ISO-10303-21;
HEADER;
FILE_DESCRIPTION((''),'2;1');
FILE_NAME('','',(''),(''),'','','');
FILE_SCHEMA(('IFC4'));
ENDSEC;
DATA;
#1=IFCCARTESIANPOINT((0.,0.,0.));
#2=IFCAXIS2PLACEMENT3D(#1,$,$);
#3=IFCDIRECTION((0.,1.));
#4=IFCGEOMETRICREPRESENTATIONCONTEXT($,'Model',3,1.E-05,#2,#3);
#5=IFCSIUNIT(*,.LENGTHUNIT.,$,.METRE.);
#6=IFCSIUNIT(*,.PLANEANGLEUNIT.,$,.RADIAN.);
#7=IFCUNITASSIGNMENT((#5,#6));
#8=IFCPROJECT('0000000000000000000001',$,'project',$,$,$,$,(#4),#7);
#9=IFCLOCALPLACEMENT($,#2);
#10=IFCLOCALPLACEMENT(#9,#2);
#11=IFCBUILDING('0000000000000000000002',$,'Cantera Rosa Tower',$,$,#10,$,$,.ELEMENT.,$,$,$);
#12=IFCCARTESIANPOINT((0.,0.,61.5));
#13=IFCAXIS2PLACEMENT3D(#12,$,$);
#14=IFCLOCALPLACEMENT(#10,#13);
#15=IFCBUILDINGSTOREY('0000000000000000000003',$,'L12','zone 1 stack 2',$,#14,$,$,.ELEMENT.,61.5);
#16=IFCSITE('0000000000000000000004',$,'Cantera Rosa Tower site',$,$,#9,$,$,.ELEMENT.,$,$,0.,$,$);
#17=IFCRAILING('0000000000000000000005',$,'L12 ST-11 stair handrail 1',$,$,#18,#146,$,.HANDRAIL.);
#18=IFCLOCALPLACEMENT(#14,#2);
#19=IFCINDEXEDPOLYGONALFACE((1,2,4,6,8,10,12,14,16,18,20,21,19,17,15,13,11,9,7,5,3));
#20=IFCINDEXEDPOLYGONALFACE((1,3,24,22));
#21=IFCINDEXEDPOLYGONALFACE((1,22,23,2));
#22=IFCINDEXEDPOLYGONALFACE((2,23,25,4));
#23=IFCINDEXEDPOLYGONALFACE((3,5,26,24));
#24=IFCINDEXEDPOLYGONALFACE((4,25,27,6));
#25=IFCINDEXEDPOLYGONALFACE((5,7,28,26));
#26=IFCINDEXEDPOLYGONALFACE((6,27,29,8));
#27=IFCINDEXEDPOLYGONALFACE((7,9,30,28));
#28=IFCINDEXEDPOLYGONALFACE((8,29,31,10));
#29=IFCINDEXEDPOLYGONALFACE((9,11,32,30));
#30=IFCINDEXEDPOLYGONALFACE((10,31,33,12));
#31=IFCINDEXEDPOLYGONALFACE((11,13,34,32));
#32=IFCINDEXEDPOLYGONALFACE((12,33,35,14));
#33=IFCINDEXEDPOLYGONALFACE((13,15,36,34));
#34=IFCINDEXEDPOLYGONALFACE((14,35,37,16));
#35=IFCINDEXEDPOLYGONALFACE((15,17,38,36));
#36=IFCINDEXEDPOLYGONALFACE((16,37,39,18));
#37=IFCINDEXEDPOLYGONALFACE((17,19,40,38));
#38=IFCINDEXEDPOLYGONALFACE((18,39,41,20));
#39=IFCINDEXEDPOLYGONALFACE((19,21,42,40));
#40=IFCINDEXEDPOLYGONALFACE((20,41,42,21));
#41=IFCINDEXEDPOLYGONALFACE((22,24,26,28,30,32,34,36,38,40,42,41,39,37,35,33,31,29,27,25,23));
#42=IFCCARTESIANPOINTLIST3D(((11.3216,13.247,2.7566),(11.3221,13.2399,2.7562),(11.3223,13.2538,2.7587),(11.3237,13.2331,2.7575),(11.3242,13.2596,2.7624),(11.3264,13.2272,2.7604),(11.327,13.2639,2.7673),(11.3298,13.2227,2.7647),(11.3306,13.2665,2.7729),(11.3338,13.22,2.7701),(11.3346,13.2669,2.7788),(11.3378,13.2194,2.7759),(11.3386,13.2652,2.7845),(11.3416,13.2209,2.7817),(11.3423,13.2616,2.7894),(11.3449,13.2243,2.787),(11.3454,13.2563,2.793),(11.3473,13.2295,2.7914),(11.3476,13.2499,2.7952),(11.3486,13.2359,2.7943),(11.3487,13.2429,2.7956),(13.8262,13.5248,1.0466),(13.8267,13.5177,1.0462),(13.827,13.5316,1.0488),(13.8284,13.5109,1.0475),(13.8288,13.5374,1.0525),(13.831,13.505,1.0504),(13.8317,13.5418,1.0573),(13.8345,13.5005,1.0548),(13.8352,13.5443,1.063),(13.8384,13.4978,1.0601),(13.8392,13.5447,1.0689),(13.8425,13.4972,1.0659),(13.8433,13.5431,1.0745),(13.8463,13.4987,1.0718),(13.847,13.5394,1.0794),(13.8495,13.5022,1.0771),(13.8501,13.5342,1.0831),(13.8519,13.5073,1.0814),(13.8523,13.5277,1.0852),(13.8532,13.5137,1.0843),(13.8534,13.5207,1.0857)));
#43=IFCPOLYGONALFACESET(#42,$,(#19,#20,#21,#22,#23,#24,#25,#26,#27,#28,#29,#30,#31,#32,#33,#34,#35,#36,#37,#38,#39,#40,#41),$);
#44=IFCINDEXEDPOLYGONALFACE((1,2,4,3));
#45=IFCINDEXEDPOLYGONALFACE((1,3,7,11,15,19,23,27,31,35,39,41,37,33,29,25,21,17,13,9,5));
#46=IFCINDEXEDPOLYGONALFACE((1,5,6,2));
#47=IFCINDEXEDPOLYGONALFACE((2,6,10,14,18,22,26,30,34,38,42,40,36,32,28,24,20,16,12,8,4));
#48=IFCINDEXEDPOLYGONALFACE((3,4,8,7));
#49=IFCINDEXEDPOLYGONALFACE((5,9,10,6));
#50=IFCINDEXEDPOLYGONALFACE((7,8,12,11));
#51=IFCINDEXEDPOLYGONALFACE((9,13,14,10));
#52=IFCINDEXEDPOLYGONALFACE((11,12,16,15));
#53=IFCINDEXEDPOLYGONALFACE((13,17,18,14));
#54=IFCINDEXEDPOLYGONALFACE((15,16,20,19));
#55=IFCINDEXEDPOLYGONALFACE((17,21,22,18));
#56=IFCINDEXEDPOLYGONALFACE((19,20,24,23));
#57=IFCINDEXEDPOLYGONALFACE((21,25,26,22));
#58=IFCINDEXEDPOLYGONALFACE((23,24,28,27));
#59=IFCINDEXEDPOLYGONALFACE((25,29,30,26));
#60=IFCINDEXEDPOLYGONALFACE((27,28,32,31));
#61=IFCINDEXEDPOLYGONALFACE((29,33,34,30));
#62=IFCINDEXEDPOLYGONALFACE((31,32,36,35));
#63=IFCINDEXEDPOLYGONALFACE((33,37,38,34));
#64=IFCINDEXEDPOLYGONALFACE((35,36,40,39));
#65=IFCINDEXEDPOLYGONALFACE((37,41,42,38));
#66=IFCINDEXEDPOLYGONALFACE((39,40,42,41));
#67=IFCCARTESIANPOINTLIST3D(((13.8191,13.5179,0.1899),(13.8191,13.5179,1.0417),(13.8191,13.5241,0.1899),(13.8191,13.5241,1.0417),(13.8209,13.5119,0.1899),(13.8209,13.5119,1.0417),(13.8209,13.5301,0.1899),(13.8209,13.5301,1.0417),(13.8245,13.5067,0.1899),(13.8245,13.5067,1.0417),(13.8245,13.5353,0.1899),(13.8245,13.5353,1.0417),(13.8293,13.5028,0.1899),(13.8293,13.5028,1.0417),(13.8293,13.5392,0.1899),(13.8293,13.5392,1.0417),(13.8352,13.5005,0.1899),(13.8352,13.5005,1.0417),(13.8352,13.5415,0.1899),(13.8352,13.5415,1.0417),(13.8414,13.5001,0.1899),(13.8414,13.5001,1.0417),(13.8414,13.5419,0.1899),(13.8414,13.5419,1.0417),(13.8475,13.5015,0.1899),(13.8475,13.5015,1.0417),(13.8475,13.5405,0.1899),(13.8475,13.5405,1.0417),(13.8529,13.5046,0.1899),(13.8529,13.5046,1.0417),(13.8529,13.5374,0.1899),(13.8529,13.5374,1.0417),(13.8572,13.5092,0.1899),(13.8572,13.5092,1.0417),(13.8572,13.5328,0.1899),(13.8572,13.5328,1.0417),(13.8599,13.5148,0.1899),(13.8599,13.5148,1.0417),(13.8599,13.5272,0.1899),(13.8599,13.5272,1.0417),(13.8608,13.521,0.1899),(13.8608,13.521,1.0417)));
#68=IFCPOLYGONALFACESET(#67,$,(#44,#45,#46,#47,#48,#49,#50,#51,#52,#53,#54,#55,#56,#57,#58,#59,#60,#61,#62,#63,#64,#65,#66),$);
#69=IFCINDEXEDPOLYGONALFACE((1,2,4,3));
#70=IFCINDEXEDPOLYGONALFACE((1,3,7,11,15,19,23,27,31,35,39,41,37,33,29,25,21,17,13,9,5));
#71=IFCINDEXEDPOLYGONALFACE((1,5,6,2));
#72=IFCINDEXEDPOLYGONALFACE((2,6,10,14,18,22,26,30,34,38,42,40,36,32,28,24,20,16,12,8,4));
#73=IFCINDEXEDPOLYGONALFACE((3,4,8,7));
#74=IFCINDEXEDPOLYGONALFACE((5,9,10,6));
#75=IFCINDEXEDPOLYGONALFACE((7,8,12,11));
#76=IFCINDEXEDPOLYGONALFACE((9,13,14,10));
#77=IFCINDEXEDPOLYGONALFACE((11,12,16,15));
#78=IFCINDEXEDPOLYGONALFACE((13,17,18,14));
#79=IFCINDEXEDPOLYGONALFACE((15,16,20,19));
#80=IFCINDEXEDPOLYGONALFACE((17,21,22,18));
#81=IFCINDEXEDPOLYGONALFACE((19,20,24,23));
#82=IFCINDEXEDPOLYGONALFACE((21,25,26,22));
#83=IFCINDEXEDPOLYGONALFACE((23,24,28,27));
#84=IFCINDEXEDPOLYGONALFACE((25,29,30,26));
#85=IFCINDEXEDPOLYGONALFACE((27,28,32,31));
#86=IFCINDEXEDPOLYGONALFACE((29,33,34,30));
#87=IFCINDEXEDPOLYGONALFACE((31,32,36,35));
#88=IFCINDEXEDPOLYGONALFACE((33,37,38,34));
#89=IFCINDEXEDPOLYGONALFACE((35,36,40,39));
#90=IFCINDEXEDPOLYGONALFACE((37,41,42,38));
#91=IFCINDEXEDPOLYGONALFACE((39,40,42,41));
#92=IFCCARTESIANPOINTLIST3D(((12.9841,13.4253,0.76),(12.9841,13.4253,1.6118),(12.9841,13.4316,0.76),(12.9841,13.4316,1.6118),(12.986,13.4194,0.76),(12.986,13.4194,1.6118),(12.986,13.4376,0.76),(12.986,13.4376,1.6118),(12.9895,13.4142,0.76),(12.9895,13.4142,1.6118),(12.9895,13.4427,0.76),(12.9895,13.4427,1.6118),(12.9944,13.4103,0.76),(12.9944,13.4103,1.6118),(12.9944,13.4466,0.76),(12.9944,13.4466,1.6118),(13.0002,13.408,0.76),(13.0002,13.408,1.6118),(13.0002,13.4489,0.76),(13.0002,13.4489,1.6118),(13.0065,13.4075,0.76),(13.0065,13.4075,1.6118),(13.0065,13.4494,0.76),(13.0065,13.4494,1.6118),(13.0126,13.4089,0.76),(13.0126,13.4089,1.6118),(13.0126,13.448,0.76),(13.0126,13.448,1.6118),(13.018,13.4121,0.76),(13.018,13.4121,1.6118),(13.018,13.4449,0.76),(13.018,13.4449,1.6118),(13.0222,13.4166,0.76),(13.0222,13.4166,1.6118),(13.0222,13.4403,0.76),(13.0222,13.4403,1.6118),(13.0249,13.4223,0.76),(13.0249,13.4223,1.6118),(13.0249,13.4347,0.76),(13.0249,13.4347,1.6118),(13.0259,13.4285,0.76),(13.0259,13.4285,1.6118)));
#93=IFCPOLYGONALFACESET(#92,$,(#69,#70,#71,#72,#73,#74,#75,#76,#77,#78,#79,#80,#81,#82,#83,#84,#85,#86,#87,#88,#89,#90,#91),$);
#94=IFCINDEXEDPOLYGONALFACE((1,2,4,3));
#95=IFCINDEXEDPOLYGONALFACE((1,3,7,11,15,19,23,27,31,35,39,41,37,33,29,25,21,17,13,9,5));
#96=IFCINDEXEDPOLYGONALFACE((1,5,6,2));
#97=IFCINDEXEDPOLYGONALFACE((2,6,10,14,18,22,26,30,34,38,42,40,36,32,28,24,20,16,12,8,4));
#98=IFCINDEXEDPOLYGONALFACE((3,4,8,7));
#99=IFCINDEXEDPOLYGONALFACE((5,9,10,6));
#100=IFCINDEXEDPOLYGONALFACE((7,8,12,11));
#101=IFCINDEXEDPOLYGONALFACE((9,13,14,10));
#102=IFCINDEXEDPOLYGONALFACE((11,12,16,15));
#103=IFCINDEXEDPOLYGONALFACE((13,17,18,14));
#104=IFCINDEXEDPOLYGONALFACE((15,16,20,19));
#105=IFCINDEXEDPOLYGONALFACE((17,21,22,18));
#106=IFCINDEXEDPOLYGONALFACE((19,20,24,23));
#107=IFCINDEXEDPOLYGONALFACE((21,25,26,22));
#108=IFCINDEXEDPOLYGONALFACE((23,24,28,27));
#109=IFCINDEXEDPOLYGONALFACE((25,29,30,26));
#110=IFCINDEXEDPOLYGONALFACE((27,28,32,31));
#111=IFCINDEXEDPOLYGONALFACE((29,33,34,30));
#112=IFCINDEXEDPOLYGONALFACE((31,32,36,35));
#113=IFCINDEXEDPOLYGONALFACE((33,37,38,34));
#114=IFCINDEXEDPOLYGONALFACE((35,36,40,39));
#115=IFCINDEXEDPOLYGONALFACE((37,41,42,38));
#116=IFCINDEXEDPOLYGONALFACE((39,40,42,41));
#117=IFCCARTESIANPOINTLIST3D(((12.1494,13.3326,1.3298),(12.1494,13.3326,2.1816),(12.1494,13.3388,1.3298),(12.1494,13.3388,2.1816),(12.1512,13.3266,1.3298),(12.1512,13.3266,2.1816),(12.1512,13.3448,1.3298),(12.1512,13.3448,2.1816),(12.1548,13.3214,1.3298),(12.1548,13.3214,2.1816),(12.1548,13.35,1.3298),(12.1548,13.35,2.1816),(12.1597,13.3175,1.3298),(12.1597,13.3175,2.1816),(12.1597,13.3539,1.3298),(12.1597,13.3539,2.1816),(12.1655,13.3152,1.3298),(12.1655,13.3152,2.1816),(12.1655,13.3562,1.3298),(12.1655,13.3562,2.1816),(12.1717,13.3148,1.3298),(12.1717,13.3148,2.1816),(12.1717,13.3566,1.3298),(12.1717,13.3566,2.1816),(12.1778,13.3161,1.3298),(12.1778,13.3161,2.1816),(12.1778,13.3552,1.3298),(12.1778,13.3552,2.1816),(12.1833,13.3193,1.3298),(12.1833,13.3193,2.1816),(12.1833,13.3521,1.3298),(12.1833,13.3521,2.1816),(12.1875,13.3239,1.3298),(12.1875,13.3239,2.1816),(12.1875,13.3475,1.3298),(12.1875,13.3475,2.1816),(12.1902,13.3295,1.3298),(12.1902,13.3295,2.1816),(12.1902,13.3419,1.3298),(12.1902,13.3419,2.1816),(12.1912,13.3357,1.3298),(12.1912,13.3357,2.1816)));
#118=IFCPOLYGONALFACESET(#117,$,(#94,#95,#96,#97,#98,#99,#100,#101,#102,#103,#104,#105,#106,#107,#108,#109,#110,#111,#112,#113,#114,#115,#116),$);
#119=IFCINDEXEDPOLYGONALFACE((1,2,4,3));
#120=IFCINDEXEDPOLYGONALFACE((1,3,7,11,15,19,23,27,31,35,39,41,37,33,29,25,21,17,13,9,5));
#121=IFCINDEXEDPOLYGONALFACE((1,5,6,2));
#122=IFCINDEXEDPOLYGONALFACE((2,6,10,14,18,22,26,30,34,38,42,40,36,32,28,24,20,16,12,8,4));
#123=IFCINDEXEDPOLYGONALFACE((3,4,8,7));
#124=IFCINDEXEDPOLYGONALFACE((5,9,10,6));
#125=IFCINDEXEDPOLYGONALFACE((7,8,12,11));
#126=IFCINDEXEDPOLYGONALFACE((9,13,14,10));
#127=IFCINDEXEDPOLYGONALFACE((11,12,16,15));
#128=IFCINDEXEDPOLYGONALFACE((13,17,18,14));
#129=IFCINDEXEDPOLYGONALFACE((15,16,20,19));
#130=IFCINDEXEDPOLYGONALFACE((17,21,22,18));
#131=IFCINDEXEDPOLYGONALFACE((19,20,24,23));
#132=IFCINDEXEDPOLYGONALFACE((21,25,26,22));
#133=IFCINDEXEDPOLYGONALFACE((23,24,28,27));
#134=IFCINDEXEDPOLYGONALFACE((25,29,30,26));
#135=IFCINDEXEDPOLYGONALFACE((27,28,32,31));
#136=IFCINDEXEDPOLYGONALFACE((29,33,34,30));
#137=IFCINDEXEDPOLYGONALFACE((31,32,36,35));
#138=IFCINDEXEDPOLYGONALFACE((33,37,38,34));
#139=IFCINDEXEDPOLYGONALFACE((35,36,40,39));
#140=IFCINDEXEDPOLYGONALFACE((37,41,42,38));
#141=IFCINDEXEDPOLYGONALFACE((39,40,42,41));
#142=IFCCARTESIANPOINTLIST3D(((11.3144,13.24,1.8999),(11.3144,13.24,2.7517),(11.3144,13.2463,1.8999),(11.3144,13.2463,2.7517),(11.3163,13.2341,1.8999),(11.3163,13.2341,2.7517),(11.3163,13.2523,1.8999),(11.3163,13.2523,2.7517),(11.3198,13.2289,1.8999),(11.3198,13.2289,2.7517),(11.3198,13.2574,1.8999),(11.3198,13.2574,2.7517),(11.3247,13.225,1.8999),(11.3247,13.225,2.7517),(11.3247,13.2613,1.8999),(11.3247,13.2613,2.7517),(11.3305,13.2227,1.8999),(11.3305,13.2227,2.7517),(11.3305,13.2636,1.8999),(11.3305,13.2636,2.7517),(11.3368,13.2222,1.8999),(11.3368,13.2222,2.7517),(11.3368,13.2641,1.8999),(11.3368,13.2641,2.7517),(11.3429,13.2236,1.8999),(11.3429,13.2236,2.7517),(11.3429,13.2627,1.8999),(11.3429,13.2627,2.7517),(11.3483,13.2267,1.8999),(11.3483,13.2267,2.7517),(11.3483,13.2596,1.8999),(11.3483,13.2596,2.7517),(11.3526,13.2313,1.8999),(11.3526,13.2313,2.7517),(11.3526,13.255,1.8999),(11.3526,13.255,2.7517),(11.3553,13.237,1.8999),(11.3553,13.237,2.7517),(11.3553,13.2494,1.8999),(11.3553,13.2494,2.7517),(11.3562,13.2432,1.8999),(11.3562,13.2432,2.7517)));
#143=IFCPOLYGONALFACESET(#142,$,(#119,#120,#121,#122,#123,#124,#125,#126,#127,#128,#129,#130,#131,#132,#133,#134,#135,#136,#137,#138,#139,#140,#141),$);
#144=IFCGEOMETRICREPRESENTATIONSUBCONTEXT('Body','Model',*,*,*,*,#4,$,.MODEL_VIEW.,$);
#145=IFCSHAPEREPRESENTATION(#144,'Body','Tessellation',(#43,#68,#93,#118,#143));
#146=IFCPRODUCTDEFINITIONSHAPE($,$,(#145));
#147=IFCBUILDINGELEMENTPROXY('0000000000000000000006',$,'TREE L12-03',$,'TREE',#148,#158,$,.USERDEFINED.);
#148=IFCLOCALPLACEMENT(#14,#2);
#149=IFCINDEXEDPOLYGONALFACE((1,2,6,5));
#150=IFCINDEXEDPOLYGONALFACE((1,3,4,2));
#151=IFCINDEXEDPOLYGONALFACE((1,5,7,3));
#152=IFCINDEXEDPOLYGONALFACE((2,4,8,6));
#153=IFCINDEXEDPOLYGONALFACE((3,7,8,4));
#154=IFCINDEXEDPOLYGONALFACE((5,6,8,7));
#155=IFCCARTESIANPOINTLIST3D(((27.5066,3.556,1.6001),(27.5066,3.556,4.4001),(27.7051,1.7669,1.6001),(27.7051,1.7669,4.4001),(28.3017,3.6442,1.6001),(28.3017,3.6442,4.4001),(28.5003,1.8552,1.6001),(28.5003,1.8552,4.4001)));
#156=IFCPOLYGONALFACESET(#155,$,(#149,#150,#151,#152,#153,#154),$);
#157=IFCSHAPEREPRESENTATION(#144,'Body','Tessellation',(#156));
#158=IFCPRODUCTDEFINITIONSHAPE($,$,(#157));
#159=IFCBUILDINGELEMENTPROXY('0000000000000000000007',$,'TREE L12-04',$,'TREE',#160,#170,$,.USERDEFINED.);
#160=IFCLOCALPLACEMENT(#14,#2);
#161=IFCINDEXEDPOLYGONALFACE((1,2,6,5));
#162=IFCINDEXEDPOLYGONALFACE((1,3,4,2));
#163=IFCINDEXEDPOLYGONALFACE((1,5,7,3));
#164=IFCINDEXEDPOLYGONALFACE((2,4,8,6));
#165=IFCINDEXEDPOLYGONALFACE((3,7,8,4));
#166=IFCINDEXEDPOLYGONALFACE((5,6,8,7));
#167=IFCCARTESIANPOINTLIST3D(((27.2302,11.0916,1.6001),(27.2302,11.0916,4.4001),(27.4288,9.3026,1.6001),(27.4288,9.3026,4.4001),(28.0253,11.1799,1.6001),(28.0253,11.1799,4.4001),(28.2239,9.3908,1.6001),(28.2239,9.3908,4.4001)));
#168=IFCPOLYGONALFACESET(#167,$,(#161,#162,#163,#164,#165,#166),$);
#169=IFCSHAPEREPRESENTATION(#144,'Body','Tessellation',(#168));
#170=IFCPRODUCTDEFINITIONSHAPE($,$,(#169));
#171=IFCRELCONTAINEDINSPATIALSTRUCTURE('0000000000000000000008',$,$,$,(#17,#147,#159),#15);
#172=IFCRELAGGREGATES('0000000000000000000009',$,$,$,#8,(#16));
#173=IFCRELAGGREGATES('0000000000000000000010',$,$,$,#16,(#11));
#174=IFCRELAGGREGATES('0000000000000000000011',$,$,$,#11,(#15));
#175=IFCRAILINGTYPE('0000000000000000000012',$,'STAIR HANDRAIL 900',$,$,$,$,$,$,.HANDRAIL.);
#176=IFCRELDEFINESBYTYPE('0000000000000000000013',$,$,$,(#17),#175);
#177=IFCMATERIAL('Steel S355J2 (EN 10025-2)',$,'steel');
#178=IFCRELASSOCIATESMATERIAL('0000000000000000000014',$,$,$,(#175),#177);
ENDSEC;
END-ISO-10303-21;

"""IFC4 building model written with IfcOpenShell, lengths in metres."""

from ifc_helpers import new_model, si_unit, direction, frame, origin, origin_2d, place, context, subcontext, project, spatial, rectangle, circle, extrude, material, type_object, element, save


model = new_model("IFC4")

# Units and contexts
model_context = context("Model", 3, precision=1e-05, world=origin(), true_north=direction((0.0, 1.0)))
body_context = subcontext(model_context, "Body", "Model", "MODEL_VIEW")
ifc_project = project(units=[si_unit("LENGTHUNIT", "METRE"), si_unit("PLANEANGLEUNIT", "RADIAN")], contexts=[model_context])

# Site, building, storey
site_placement = place(None, origin())
site = spatial("IfcSite", under=ifc_project, at=site_placement, Name="Cantera Rosa Tower site", CompositionType="ELEMENT", RefElevation=0.0)
building_placement = place(site_placement, origin())
building = spatial("IfcBuilding", under=site, at=building_placement, Name="Cantera Rosa Tower", CompositionType="ELEMENT")
storey_placement = place(building_placement, frame((0.0, 0.0, 61.5)))
storey = spatial("IfcBuildingStorey", under=building, at=storey_placement, Name="L12", Description="zone 1 stack 2", CompositionType="ELEMENT", Elevation=61.5)

# Railing
ifc_material_1 = material(Name="Steel S355J2 (EN 10025-2)", Category="steel")
railing_type_1 = type_object("IfcRailingType", Name="STAIR HANDRAIL 900", PredefinedType="HANDRAIL", material=ifc_material_1)
railing_1_placement = place(storey_placement, frame((13.8398, 13.521, 0.1899)))
element("IfcRailing", 1, at=railing_1_placement, inside=storey, type_object=railing_type_1, Name="L12 ST-11 stair handrail 1", PredefinedType="HANDRAIL", context=body_context, shape_type="SweptSolid", body=[
    extrude(circle(Radius=0.0239, at=origin_2d()), frame((0.0, 0.0, 0.876), z_axis=(-0.822437, -0.091231, 0.561492), x_axis=(0.110251, -0.993904, 0.0)), (0.0, 0.0, 1.0), 3.0454),
    extrude(circle(Radius=0.021, at=origin_2d()), origin(), (0.0, 0.0, 1.0), 0.8518),
    extrude(circle(Radius=0.021, at=origin_2d()), frame((-0.835, -0.0925, 0.5701)), (0.0, 0.0, 1.0), 0.8518),
    extrude(circle(Radius=0.021, at=origin_2d()), frame((-1.6697, -0.1853, 1.1399)), (0.0, 0.0, 1.0), 0.8518),
    extrude(circle(Radius=0.021, at=origin_2d()), frame((-2.5046, -0.2778, 1.71)), (0.0, 0.0, 1.0), 0.8518),
])

# Building element proxies
for number, where, z_axis, x_axis, name in (
    (2, (28.0034, 2.7056, 1.6001), (0.0, 0.0, 1.0), (-0.110313, 0.993897, 0.0), "TREE L12-03"),
    (3, (27.7271, 10.2412, 1.6001), (0.0, 0.0, 1.0), (-0.110313, 0.993897, 0.0), "TREE L12-04"),
):
    element("IfcBuildingElementProxy", number, at=place(storey_placement, frame(where, z_axis=z_axis, x_axis=x_axis)), inside=storey, Name=name, ObjectType="TREE", PredefinedType="USERDEFINED", context=body_context, shape_type="SweptSolid", body=[
        extrude(rectangle(XDim=1.8, YDim=0.8, at=origin_2d()), origin(), (0.0, 0.0, 1.0), 2.8),
    ])

save(model, "model.ifc")
